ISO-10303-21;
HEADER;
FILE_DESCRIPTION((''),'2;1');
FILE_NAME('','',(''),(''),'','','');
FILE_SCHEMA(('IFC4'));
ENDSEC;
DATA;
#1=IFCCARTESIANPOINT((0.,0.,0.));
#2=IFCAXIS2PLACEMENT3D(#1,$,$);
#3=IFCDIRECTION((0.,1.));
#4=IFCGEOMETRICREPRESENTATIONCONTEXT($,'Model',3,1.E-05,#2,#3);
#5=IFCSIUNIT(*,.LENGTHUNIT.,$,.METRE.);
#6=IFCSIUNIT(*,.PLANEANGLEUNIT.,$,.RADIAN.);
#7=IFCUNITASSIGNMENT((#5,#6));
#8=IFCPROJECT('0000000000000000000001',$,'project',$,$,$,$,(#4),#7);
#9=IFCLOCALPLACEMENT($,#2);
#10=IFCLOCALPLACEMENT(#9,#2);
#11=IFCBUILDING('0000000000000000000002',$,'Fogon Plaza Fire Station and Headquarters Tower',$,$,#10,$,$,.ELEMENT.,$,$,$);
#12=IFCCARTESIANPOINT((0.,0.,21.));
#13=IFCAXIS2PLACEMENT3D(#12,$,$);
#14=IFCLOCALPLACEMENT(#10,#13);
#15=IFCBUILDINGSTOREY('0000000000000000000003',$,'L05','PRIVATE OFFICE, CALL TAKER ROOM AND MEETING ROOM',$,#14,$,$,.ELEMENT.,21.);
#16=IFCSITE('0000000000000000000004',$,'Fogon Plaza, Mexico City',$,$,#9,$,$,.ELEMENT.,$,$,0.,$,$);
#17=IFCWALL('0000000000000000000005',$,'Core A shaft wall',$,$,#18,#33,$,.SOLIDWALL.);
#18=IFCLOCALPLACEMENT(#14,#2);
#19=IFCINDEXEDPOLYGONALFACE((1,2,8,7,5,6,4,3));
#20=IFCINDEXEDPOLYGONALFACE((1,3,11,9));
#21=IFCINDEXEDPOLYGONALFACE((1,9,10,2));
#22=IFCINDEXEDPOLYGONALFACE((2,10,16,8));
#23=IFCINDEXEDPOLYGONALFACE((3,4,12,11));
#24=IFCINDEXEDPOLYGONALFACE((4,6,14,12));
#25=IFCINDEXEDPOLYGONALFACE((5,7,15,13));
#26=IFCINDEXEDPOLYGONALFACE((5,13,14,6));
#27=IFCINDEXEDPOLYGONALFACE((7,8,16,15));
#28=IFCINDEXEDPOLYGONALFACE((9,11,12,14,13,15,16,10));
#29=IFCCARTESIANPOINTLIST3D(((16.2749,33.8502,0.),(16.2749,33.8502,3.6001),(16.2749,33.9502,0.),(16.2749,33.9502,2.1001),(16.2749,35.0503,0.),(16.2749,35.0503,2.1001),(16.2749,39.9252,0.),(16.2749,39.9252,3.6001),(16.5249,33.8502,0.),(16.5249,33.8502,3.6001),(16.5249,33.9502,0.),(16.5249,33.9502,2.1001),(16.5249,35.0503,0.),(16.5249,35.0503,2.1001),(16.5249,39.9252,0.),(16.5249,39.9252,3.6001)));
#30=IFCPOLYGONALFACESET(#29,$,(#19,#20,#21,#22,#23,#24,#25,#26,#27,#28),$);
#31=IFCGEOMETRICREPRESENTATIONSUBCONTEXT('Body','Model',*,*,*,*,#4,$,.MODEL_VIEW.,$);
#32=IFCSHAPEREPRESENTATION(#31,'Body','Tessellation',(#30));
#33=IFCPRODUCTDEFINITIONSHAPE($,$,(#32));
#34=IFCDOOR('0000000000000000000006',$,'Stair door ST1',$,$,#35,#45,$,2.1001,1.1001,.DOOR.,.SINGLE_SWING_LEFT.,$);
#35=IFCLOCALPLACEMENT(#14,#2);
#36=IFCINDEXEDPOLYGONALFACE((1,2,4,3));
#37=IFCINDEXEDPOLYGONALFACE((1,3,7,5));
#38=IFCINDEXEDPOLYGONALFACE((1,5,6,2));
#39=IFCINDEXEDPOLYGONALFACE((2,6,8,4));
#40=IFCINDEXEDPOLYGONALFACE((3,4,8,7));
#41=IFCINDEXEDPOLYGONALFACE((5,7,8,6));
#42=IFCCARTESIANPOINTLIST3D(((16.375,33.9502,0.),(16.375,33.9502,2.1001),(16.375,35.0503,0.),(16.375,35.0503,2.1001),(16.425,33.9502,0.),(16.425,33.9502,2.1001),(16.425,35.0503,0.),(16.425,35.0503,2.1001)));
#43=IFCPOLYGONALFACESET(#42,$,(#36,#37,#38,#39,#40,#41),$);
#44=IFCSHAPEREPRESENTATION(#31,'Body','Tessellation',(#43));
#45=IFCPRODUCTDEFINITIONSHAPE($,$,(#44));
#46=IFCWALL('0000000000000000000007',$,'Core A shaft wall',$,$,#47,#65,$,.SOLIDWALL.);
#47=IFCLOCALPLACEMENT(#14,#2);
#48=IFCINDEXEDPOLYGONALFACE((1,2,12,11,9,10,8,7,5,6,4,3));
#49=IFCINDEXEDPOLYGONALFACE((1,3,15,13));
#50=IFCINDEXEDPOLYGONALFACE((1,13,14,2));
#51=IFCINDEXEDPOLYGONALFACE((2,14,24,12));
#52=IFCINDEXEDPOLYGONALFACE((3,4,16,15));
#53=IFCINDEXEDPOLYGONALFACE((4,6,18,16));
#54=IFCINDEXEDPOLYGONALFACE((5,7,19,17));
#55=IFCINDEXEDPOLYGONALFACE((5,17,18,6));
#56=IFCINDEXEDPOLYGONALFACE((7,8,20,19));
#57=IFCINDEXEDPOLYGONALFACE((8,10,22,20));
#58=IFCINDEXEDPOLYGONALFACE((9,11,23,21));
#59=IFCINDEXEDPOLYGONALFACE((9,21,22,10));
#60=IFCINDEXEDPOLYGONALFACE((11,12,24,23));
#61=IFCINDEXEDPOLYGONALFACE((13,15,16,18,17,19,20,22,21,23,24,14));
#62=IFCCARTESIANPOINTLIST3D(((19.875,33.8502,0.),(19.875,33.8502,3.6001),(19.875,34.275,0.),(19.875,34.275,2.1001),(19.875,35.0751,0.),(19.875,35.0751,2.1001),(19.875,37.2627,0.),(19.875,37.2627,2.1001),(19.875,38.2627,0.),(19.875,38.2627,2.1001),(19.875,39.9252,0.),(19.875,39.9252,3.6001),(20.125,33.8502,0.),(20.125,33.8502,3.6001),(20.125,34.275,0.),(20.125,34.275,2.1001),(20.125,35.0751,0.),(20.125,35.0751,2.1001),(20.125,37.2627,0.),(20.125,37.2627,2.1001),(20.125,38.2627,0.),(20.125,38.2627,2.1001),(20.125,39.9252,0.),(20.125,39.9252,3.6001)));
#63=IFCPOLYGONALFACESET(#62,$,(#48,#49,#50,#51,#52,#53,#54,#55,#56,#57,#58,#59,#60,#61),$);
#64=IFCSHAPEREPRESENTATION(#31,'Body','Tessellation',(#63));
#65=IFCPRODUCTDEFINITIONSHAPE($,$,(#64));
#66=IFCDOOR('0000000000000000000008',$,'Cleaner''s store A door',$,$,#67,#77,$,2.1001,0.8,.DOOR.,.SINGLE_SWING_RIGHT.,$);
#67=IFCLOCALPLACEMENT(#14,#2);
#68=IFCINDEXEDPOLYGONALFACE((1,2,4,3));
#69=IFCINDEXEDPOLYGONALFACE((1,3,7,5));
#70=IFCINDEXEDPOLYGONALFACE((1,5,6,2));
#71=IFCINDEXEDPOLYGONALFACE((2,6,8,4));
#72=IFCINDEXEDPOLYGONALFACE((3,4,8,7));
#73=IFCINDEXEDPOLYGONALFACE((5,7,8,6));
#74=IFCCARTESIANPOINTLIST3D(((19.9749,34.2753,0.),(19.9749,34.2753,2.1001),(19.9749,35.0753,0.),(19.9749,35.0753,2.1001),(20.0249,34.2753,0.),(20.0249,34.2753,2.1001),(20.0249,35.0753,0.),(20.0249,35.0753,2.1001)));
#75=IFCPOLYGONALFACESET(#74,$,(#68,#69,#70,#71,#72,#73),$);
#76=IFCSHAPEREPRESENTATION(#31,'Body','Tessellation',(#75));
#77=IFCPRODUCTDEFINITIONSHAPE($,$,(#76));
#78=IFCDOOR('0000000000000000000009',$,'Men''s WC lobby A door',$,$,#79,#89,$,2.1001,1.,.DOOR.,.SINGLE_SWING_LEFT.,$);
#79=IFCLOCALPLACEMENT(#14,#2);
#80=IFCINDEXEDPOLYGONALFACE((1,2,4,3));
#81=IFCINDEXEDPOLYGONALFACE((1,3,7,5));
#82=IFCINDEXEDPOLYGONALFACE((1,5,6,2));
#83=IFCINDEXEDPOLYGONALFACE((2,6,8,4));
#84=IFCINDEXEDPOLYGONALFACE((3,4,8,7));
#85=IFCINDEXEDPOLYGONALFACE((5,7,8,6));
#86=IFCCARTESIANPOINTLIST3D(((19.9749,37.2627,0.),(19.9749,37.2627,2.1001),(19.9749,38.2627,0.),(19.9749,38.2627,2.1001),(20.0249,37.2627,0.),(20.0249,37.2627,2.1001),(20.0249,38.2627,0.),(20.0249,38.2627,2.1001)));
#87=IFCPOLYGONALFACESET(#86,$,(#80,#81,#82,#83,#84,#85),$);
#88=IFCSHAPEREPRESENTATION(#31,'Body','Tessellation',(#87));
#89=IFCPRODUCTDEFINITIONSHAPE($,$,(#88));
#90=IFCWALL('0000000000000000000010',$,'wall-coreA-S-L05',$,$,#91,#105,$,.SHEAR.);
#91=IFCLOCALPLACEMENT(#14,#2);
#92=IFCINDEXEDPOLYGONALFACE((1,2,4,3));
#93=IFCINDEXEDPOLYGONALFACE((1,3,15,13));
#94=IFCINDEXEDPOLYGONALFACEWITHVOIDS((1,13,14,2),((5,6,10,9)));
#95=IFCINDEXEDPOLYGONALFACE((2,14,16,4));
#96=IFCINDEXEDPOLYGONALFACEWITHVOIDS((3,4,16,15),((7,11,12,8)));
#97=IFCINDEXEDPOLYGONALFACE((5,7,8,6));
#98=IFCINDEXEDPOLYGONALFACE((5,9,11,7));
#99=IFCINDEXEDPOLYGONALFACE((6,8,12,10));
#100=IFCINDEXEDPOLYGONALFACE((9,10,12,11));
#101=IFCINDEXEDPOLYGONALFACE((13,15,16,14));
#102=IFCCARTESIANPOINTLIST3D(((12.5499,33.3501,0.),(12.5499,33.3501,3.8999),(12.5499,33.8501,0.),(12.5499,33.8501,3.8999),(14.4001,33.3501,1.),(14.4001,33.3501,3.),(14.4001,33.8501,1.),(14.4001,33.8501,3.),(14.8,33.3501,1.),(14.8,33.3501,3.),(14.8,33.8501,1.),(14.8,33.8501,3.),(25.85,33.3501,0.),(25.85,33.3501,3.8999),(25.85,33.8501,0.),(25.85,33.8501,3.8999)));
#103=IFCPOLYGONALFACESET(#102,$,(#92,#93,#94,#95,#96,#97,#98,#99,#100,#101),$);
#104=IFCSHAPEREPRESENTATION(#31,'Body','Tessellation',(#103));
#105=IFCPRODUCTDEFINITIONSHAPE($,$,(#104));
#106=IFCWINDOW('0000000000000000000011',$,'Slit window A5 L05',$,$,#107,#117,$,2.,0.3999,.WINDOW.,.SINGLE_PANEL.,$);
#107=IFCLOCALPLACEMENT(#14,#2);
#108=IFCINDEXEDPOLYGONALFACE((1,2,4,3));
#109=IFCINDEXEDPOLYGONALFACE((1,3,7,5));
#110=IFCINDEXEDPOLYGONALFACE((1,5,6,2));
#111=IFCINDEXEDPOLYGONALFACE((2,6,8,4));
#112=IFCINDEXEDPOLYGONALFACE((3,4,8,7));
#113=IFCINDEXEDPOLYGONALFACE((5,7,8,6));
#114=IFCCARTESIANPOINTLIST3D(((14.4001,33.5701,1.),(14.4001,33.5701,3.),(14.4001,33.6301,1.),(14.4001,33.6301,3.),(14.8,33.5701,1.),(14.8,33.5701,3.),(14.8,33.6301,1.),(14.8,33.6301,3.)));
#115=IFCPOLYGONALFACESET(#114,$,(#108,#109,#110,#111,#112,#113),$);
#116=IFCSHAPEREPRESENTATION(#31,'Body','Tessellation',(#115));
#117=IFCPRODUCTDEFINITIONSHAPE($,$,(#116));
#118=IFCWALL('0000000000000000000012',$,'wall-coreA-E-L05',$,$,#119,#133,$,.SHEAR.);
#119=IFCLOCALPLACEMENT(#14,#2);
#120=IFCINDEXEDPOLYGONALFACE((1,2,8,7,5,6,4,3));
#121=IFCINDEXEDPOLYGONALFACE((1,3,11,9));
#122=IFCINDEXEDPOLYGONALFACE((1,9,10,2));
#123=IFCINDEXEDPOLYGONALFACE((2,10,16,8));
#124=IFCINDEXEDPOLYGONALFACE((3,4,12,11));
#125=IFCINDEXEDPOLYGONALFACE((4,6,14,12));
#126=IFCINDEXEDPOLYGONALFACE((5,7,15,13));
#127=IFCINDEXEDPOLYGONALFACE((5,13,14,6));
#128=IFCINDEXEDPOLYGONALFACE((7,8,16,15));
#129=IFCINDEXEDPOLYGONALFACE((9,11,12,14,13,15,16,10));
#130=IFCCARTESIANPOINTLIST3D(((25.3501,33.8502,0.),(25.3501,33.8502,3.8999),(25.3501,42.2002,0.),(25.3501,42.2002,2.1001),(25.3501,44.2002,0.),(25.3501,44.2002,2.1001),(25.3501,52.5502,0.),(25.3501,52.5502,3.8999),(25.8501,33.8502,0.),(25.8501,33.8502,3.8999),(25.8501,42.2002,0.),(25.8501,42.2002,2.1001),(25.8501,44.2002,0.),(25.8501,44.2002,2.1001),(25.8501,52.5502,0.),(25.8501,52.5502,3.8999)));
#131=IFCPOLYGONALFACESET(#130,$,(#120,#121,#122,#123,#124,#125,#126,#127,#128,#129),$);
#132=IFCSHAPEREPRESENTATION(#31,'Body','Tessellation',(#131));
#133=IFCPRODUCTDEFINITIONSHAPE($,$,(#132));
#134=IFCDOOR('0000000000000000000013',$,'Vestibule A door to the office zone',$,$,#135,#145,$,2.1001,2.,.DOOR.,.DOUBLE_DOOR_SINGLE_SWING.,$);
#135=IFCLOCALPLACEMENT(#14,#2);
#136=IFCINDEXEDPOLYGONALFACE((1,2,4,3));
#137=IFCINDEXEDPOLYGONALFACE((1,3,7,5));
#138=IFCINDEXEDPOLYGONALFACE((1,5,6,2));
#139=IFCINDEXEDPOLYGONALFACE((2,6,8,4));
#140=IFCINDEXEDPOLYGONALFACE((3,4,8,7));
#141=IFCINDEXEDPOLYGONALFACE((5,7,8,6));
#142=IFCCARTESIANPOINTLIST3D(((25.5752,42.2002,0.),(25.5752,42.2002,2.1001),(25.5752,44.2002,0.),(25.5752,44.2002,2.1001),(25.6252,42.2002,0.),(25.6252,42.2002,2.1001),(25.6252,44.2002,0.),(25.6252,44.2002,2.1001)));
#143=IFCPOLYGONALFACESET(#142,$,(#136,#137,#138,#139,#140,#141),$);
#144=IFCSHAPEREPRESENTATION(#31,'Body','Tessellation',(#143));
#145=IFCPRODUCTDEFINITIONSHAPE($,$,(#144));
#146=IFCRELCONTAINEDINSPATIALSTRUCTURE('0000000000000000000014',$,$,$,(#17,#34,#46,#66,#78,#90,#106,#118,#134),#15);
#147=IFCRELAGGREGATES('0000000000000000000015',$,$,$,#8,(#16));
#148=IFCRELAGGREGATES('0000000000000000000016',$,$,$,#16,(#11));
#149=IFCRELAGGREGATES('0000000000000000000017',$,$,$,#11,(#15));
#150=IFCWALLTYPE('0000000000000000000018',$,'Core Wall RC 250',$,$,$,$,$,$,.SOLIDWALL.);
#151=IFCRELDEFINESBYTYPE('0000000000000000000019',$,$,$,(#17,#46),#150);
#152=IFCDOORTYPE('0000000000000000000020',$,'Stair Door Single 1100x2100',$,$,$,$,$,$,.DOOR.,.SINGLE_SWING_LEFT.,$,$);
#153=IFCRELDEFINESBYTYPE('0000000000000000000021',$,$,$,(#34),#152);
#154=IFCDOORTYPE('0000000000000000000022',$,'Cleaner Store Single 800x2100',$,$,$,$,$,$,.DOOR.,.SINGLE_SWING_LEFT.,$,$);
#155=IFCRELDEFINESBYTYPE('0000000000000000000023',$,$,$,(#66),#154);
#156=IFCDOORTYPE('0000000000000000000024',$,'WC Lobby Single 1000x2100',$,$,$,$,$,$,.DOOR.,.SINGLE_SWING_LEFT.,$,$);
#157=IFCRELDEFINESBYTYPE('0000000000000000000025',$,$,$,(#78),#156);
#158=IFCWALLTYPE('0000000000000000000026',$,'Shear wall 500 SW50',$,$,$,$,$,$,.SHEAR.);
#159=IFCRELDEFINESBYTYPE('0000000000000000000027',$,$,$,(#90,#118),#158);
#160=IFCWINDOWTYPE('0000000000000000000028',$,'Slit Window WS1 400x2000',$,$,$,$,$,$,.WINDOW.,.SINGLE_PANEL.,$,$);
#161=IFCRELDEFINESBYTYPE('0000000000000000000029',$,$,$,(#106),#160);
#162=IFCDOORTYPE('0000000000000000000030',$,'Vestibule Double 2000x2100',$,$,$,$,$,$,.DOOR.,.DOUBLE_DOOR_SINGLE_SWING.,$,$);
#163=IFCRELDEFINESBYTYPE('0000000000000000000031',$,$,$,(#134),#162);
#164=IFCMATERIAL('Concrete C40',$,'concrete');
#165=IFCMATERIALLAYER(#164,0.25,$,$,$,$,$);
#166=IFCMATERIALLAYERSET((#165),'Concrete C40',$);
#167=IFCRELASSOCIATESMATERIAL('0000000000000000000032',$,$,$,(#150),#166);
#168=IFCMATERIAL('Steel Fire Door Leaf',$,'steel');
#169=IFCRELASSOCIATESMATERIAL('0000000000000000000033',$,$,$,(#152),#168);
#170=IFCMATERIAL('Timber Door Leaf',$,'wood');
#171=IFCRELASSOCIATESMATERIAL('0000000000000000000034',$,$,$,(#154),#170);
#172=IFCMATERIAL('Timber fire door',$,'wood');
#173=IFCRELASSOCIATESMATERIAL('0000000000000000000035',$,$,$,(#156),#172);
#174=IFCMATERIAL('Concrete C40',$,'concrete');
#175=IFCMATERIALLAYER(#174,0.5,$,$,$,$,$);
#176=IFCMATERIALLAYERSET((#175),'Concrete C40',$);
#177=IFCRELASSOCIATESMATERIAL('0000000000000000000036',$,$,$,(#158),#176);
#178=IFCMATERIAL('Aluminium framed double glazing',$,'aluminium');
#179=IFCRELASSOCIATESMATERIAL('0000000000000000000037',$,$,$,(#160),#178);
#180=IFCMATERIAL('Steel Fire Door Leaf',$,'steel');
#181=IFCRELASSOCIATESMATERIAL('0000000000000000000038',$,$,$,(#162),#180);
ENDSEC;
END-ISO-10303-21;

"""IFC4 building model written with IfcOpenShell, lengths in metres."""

from ifc_helpers import new_model, si_unit, direction, frame, frame_2d, origin, place, context, subcontext, project, spatial, rectangle, extrude, material, layer, layer_set, type_object, element, fill, save


model = new_model("IFC4")

# Units and contexts
model_context = context("Model", 3, precision=1e-05, world=origin(), true_north=direction((0.0, 1.0)))
body_context = subcontext(model_context, "Body", "Model", "MODEL_VIEW")
ifc_project = project(units=[si_unit("LENGTHUNIT", "METRE"), si_unit("PLANEANGLEUNIT", "RADIAN")], contexts=[model_context])

# Site, building, storey
site_placement = place(None, origin())
site = spatial("IfcSite", under=ifc_project, at=site_placement, Name="Fogon Plaza, Mexico City", CompositionType="ELEMENT", RefElevation=0.0)
building_placement = place(site_placement, origin())
building = spatial("IfcBuilding", under=site, at=building_placement, Name="Fogon Plaza Fire Station and Headquarters Tower", CompositionType="ELEMENT")
storey_placement = place(building_placement, frame((0.0, 0.0, 21.0)))
storey = spatial("IfcBuildingStorey", under=building, at=storey_placement, Name="L05", Description="PRIVATE OFFICE, CALL TAKER ROOM AND MEETING ROOM", CompositionType="ELEMENT", Elevation=21.0)

# Wall, opening, door
ifc_material_1 = material(Name="Concrete C40", Category="concrete")
ifc_layer_1 = layer(ifc_material_1, 0.25)
ifc_layer_set_1 = layer_set([ifc_layer_1], Name="Concrete C40")
wall_type_1 = type_object("IfcWallType", Name="Core Wall RC 250", PredefinedType="SOLIDWALL", material=ifc_layer_set_1)
wall_1_placement = place(storey_placement, frame((16.3999, 33.8501, 0.0), z_axis=(0.0, 0.0, 1.0), x_axis=(0.0, 1.0, 0.0)))
wall_1 = element("IfcWall", 1, at=wall_1_placement, inside=storey, type_object=wall_type_1, Name="Core A shaft wall", PredefinedType="SOLIDWALL", context=body_context, shape_type="SweptSolid", body=[
    extrude(rectangle(XDim=6.075, YDim=0.25, at=frame_2d((3.0376, 0.0))), origin(), (0.0, 0.0, 1.0), 3.6001),
])
opening_1_placement = place(wall_1_placement, frame((0.1001, 0.0, 0.0)))
opening_1 = element("IfcOpeningElement", 2, at=opening_1_placement, cuts=wall_1, PredefinedType="OPENING", context=body_context, shape_type="SweptSolid", body=[
    extrude(rectangle(XDim=1.1001, YDim=2.1001, at=frame_2d((0.55, 1.05))), frame((0.0, 0.135, 0.0), z_axis=(0.0, -1.0, 0.0), x_axis=(1.0, 0.0, 0.0)), (0.0, 0.0, 1.0), 0.27),
])
ifc_material_2 = material(Name="Steel Fire Door Leaf", Category="steel")
door_type_1 = type_object("IfcDoorType", Name="Stair Door Single 1100x2100", OperationType="SINGLE_SWING_LEFT", PredefinedType="DOOR", material=ifc_material_2)
door_1_placement = place(opening_1_placement, origin())
door_1 = element("IfcDoor", 3, at=door_1_placement, inside=storey, type_object=door_type_1, Name="Stair door ST1", OperationType="SINGLE_SWING_LEFT", OverallHeight=2.1001, OverallWidth=1.1001, PredefinedType="DOOR", context=body_context, shape_type="SweptSolid", body=[
    extrude(rectangle(XDim=1.1001, YDim=2.1001, at=frame_2d((0.55, 1.05))), frame((0.0, 0.0249, 0.0), z_axis=(0.0, -1.0, 0.0), x_axis=(1.0, 0.0, 0.0)), (0.0, 0.0, 1.0), 0.05),
])
fill(opening_1, door_1)

# Wall, openings, doors
wall_2_placement = place(storey_placement, frame((20.0, 33.8501, 0.0), z_axis=(0.0, 0.0, 1.0), x_axis=(0.0, 1.0, 0.0)))
wall_2 = element("IfcWall", 4, at=wall_2_placement, inside=storey, type_object=wall_type_1, Name="Core A shaft wall", PredefinedType="SOLIDWALL", context=body_context, shape_type="SweptSolid", body=[
    extrude(rectangle(XDim=6.075, YDim=0.25, at=frame_2d((3.0376, 0.0))), origin(), (0.0, 0.0, 1.0), 3.6001),
])
opening_2_placement = place(wall_2_placement, frame((0.425, 0.0, 0.0)))
opening_2 = element("IfcOpeningElement", 5, at=opening_2_placement, cuts=wall_2, PredefinedType="OPENING", context=body_context, shape_type="SweptSolid", body=[
    extrude(rectangle(XDim=0.8, YDim=2.1001, at=frame_2d((0.3999, 1.05))), frame((0.0, 0.135, 0.0), z_axis=(0.0, -1.0, 0.0), x_axis=(1.0, 0.0, 0.0)), (0.0, 0.0, 1.0), 0.27),
])
opening_3_placement = place(wall_2_placement, frame((3.4126, 0.0, 0.0)))
opening_3 = element("IfcOpeningElement", 6, at=opening_3_placement, cuts=wall_2, PredefinedType="OPENING", context=body_context, shape_type="SweptSolid", body=[
    extrude(rectangle(XDim=1.0, YDim=2.1001, at=frame_2d((0.5, 1.05))), frame((0.0, 0.135, 0.0), z_axis=(0.0, -1.0, 0.0), x_axis=(1.0, 0.0, 0.0)), (0.0, 0.0, 1.0), 0.27),
])
ifc_material_3 = material(Name="Timber Door Leaf", Category="wood")
door_type_2 = type_object("IfcDoorType", Name="Cleaner Store Single 800x2100", OperationType="SINGLE_SWING_LEFT", PredefinedType="DOOR", material=ifc_material_3)
door_2_placement = place(opening_2_placement, frame((0.8, 0.0, 0.0), z_axis=(0.0, 0.0, 1.0), x_axis=(-1.0, 0.0, 0.0)))
door_2 = element("IfcDoor", 7, at=door_2_placement, inside=storey, type_object=door_type_2, Name="Cleaner's store A door", OperationType="SINGLE_SWING_RIGHT", OverallHeight=2.1001, OverallWidth=0.8, PredefinedType="DOOR", context=body_context, shape_type="SweptSolid", body=[
    extrude(rectangle(XDim=0.8, YDim=2.1001, at=frame_2d((0.3999, 1.05))), frame((0.0, 0.0249, 0.0), z_axis=(0.0, -1.0, 0.0), x_axis=(1.0, 0.0, 0.0)), (0.0, 0.0, 1.0), 0.05),
])
fill(opening_2, door_2)
ifc_material_4 = material(Name="Timber fire door", Category="wood")
door_type_3 = type_object("IfcDoorType", Name="WC Lobby Single 1000x2100", OperationType="SINGLE_SWING_LEFT", PredefinedType="DOOR", material=ifc_material_4)
door_3_placement = place(opening_3_placement, frame((1.0, 0.0, 0.0), z_axis=(0.0, 0.0, 1.0), x_axis=(-1.0, 0.0, 0.0)))
door_3 = element("IfcDoor", 8, at=door_3_placement, inside=storey, type_object=door_type_3, Name="Men's WC lobby A door", OperationType="SINGLE_SWING_LEFT", OverallHeight=2.1001, OverallWidth=1.0, PredefinedType="DOOR", context=body_context, shape_type="SweptSolid", body=[
    extrude(rectangle(XDim=1.0, YDim=2.1001, at=frame_2d((0.5, 1.05))), frame((0.0, 0.0249, 0.0), z_axis=(0.0, -1.0, 0.0), x_axis=(1.0, 0.0, 0.0)), (0.0, 0.0, 1.0), 0.05),
])
fill(opening_3, door_3)

# Wall, opening, window
ifc_material_5 = material(Name="Concrete C40", Category="concrete")
ifc_layer_2 = layer(ifc_material_5, 0.5)
ifc_layer_set_2 = layer_set([ifc_layer_2], Name="Concrete C40")
wall_type_2 = type_object("IfcWallType", Name="Shear wall 500 SW50", PredefinedType="SHEAR", material=ifc_layer_set_2)
wall_3_placement = place(storey_placement, frame((12.55, 33.6001, 0.0), z_axis=(0.0, 0.0, 1.0), x_axis=(1.0, 0.0, 0.0)))
wall_3 = element("IfcWall", 9, at=wall_3_placement, inside=storey, type_object=wall_type_2, Name="wall-coreA-S-L05", PredefinedType="SHEAR", context=body_context, shape_type="SweptSolid", body=[
    extrude(rectangle(XDim=13.3, YDim=0.5, at=frame_2d((6.6499, 0.0))), origin(), (0.0, 0.0, 1.0), 3.8999),
])
opening_4_placement = place(wall_3_placement, frame((1.8501, 0.0, 1.0)))
opening_4 = element("IfcOpeningElement", 10, at=opening_4_placement, cuts=wall_3, PredefinedType="OPENING", context=body_context, shape_type="SweptSolid", body=[
    extrude(rectangle(XDim=0.3999, YDim=2.0, at=frame_2d((0.2, 1.0))), frame((0.0, 0.26, 0.0), z_axis=(0.0, -1.0, 0.0), x_axis=(1.0, 0.0, 0.0)), (0.0, 0.0, 1.0), 0.52),
])
ifc_material_6 = material(Name="Aluminium framed double glazing", Category="aluminium")
window_type = type_object("IfcWindowType", Name="Slit Window WS1 400x2000", PartitioningType="SINGLE_PANEL", PredefinedType="WINDOW", material=ifc_material_6)
window_1_placement = place(opening_4_placement, origin())
window_1 = element("IfcWindow", 11, at=window_1_placement, inside=storey, type_object=window_type, Name="Slit window A5 L05", OverallHeight=2.0, OverallWidth=0.3999, PartitioningType="SINGLE_PANEL", PredefinedType="WINDOW", context=body_context, shape_type="SweptSolid", body=[
    extrude(rectangle(XDim=0.3999, YDim=2.0, at=frame_2d((0.2, 1.0))), frame((0.0, 0.03, 0.0), z_axis=(0.0, -1.0, 0.0), x_axis=(1.0, 0.0, 0.0)), (0.0, 0.0, 1.0), 0.0601),
])
fill(opening_4, window_1)

# Wall, opening, door
wall_4_placement = place(storey_placement, frame((25.6001, 33.8501, 0.0), z_axis=(0.0, 0.0, 1.0), x_axis=(0.0, 1.0, 0.0)))
wall_4 = element("IfcWall", 12, at=wall_4_placement, inside=storey, type_object=wall_type_2, Name="wall-coreA-E-L05", PredefinedType="SHEAR", context=body_context, shape_type="SweptSolid", body=[
    extrude(rectangle(XDim=18.7, YDim=0.5, at=frame_2d((9.3501, 0.0))), origin(), (0.0, 0.0, 1.0), 3.8999),
])
opening_5_placement = place(wall_4_placement, frame((8.3501, 0.0, 0.0)))
opening_5 = element("IfcOpeningElement", 13, at=opening_5_placement, cuts=wall_4, PredefinedType="OPENING", context=body_context, shape_type="SweptSolid", body=[
    extrude(rectangle(XDim=2.0, YDim=2.1001, at=frame_2d((1.0, 1.05))), frame((0.0, 0.26, 0.0), z_axis=(0.0, -1.0, 0.0), x_axis=(1.0, 0.0, 0.0)), (0.0, 0.0, 1.0), 0.52),
])
ifc_material_7 = material(Name="Steel Fire Door Leaf", Category="steel")
door_type_4 = type_object("IfcDoorType", Name="Vestibule Double 2000x2100", OperationType="DOUBLE_DOOR_SINGLE_SWING", PredefinedType="DOOR", material=ifc_material_7)
door_4_placement = place(opening_5_placement, origin())
door_4 = element("IfcDoor", 14, at=door_4_placement, inside=storey, type_object=door_type_4, Name="Vestibule A door to the office zone", OperationType="DOUBLE_DOOR_SINGLE_SWING", OverallHeight=2.1001, OverallWidth=2.0, PredefinedType="DOOR", context=body_context, shape_type="SweptSolid", body=[
    extrude(rectangle(XDim=2.0, YDim=2.1001, at=frame_2d((1.0, 1.05))), frame((0.0, 0.0249, 0.0), z_axis=(0.0, -1.0, 0.0), x_axis=(1.0, 0.0, 0.0)), (0.0, 0.0, 1.0), 0.05),
])
fill(opening_5, door_4)

save(model, "model.ifc")
